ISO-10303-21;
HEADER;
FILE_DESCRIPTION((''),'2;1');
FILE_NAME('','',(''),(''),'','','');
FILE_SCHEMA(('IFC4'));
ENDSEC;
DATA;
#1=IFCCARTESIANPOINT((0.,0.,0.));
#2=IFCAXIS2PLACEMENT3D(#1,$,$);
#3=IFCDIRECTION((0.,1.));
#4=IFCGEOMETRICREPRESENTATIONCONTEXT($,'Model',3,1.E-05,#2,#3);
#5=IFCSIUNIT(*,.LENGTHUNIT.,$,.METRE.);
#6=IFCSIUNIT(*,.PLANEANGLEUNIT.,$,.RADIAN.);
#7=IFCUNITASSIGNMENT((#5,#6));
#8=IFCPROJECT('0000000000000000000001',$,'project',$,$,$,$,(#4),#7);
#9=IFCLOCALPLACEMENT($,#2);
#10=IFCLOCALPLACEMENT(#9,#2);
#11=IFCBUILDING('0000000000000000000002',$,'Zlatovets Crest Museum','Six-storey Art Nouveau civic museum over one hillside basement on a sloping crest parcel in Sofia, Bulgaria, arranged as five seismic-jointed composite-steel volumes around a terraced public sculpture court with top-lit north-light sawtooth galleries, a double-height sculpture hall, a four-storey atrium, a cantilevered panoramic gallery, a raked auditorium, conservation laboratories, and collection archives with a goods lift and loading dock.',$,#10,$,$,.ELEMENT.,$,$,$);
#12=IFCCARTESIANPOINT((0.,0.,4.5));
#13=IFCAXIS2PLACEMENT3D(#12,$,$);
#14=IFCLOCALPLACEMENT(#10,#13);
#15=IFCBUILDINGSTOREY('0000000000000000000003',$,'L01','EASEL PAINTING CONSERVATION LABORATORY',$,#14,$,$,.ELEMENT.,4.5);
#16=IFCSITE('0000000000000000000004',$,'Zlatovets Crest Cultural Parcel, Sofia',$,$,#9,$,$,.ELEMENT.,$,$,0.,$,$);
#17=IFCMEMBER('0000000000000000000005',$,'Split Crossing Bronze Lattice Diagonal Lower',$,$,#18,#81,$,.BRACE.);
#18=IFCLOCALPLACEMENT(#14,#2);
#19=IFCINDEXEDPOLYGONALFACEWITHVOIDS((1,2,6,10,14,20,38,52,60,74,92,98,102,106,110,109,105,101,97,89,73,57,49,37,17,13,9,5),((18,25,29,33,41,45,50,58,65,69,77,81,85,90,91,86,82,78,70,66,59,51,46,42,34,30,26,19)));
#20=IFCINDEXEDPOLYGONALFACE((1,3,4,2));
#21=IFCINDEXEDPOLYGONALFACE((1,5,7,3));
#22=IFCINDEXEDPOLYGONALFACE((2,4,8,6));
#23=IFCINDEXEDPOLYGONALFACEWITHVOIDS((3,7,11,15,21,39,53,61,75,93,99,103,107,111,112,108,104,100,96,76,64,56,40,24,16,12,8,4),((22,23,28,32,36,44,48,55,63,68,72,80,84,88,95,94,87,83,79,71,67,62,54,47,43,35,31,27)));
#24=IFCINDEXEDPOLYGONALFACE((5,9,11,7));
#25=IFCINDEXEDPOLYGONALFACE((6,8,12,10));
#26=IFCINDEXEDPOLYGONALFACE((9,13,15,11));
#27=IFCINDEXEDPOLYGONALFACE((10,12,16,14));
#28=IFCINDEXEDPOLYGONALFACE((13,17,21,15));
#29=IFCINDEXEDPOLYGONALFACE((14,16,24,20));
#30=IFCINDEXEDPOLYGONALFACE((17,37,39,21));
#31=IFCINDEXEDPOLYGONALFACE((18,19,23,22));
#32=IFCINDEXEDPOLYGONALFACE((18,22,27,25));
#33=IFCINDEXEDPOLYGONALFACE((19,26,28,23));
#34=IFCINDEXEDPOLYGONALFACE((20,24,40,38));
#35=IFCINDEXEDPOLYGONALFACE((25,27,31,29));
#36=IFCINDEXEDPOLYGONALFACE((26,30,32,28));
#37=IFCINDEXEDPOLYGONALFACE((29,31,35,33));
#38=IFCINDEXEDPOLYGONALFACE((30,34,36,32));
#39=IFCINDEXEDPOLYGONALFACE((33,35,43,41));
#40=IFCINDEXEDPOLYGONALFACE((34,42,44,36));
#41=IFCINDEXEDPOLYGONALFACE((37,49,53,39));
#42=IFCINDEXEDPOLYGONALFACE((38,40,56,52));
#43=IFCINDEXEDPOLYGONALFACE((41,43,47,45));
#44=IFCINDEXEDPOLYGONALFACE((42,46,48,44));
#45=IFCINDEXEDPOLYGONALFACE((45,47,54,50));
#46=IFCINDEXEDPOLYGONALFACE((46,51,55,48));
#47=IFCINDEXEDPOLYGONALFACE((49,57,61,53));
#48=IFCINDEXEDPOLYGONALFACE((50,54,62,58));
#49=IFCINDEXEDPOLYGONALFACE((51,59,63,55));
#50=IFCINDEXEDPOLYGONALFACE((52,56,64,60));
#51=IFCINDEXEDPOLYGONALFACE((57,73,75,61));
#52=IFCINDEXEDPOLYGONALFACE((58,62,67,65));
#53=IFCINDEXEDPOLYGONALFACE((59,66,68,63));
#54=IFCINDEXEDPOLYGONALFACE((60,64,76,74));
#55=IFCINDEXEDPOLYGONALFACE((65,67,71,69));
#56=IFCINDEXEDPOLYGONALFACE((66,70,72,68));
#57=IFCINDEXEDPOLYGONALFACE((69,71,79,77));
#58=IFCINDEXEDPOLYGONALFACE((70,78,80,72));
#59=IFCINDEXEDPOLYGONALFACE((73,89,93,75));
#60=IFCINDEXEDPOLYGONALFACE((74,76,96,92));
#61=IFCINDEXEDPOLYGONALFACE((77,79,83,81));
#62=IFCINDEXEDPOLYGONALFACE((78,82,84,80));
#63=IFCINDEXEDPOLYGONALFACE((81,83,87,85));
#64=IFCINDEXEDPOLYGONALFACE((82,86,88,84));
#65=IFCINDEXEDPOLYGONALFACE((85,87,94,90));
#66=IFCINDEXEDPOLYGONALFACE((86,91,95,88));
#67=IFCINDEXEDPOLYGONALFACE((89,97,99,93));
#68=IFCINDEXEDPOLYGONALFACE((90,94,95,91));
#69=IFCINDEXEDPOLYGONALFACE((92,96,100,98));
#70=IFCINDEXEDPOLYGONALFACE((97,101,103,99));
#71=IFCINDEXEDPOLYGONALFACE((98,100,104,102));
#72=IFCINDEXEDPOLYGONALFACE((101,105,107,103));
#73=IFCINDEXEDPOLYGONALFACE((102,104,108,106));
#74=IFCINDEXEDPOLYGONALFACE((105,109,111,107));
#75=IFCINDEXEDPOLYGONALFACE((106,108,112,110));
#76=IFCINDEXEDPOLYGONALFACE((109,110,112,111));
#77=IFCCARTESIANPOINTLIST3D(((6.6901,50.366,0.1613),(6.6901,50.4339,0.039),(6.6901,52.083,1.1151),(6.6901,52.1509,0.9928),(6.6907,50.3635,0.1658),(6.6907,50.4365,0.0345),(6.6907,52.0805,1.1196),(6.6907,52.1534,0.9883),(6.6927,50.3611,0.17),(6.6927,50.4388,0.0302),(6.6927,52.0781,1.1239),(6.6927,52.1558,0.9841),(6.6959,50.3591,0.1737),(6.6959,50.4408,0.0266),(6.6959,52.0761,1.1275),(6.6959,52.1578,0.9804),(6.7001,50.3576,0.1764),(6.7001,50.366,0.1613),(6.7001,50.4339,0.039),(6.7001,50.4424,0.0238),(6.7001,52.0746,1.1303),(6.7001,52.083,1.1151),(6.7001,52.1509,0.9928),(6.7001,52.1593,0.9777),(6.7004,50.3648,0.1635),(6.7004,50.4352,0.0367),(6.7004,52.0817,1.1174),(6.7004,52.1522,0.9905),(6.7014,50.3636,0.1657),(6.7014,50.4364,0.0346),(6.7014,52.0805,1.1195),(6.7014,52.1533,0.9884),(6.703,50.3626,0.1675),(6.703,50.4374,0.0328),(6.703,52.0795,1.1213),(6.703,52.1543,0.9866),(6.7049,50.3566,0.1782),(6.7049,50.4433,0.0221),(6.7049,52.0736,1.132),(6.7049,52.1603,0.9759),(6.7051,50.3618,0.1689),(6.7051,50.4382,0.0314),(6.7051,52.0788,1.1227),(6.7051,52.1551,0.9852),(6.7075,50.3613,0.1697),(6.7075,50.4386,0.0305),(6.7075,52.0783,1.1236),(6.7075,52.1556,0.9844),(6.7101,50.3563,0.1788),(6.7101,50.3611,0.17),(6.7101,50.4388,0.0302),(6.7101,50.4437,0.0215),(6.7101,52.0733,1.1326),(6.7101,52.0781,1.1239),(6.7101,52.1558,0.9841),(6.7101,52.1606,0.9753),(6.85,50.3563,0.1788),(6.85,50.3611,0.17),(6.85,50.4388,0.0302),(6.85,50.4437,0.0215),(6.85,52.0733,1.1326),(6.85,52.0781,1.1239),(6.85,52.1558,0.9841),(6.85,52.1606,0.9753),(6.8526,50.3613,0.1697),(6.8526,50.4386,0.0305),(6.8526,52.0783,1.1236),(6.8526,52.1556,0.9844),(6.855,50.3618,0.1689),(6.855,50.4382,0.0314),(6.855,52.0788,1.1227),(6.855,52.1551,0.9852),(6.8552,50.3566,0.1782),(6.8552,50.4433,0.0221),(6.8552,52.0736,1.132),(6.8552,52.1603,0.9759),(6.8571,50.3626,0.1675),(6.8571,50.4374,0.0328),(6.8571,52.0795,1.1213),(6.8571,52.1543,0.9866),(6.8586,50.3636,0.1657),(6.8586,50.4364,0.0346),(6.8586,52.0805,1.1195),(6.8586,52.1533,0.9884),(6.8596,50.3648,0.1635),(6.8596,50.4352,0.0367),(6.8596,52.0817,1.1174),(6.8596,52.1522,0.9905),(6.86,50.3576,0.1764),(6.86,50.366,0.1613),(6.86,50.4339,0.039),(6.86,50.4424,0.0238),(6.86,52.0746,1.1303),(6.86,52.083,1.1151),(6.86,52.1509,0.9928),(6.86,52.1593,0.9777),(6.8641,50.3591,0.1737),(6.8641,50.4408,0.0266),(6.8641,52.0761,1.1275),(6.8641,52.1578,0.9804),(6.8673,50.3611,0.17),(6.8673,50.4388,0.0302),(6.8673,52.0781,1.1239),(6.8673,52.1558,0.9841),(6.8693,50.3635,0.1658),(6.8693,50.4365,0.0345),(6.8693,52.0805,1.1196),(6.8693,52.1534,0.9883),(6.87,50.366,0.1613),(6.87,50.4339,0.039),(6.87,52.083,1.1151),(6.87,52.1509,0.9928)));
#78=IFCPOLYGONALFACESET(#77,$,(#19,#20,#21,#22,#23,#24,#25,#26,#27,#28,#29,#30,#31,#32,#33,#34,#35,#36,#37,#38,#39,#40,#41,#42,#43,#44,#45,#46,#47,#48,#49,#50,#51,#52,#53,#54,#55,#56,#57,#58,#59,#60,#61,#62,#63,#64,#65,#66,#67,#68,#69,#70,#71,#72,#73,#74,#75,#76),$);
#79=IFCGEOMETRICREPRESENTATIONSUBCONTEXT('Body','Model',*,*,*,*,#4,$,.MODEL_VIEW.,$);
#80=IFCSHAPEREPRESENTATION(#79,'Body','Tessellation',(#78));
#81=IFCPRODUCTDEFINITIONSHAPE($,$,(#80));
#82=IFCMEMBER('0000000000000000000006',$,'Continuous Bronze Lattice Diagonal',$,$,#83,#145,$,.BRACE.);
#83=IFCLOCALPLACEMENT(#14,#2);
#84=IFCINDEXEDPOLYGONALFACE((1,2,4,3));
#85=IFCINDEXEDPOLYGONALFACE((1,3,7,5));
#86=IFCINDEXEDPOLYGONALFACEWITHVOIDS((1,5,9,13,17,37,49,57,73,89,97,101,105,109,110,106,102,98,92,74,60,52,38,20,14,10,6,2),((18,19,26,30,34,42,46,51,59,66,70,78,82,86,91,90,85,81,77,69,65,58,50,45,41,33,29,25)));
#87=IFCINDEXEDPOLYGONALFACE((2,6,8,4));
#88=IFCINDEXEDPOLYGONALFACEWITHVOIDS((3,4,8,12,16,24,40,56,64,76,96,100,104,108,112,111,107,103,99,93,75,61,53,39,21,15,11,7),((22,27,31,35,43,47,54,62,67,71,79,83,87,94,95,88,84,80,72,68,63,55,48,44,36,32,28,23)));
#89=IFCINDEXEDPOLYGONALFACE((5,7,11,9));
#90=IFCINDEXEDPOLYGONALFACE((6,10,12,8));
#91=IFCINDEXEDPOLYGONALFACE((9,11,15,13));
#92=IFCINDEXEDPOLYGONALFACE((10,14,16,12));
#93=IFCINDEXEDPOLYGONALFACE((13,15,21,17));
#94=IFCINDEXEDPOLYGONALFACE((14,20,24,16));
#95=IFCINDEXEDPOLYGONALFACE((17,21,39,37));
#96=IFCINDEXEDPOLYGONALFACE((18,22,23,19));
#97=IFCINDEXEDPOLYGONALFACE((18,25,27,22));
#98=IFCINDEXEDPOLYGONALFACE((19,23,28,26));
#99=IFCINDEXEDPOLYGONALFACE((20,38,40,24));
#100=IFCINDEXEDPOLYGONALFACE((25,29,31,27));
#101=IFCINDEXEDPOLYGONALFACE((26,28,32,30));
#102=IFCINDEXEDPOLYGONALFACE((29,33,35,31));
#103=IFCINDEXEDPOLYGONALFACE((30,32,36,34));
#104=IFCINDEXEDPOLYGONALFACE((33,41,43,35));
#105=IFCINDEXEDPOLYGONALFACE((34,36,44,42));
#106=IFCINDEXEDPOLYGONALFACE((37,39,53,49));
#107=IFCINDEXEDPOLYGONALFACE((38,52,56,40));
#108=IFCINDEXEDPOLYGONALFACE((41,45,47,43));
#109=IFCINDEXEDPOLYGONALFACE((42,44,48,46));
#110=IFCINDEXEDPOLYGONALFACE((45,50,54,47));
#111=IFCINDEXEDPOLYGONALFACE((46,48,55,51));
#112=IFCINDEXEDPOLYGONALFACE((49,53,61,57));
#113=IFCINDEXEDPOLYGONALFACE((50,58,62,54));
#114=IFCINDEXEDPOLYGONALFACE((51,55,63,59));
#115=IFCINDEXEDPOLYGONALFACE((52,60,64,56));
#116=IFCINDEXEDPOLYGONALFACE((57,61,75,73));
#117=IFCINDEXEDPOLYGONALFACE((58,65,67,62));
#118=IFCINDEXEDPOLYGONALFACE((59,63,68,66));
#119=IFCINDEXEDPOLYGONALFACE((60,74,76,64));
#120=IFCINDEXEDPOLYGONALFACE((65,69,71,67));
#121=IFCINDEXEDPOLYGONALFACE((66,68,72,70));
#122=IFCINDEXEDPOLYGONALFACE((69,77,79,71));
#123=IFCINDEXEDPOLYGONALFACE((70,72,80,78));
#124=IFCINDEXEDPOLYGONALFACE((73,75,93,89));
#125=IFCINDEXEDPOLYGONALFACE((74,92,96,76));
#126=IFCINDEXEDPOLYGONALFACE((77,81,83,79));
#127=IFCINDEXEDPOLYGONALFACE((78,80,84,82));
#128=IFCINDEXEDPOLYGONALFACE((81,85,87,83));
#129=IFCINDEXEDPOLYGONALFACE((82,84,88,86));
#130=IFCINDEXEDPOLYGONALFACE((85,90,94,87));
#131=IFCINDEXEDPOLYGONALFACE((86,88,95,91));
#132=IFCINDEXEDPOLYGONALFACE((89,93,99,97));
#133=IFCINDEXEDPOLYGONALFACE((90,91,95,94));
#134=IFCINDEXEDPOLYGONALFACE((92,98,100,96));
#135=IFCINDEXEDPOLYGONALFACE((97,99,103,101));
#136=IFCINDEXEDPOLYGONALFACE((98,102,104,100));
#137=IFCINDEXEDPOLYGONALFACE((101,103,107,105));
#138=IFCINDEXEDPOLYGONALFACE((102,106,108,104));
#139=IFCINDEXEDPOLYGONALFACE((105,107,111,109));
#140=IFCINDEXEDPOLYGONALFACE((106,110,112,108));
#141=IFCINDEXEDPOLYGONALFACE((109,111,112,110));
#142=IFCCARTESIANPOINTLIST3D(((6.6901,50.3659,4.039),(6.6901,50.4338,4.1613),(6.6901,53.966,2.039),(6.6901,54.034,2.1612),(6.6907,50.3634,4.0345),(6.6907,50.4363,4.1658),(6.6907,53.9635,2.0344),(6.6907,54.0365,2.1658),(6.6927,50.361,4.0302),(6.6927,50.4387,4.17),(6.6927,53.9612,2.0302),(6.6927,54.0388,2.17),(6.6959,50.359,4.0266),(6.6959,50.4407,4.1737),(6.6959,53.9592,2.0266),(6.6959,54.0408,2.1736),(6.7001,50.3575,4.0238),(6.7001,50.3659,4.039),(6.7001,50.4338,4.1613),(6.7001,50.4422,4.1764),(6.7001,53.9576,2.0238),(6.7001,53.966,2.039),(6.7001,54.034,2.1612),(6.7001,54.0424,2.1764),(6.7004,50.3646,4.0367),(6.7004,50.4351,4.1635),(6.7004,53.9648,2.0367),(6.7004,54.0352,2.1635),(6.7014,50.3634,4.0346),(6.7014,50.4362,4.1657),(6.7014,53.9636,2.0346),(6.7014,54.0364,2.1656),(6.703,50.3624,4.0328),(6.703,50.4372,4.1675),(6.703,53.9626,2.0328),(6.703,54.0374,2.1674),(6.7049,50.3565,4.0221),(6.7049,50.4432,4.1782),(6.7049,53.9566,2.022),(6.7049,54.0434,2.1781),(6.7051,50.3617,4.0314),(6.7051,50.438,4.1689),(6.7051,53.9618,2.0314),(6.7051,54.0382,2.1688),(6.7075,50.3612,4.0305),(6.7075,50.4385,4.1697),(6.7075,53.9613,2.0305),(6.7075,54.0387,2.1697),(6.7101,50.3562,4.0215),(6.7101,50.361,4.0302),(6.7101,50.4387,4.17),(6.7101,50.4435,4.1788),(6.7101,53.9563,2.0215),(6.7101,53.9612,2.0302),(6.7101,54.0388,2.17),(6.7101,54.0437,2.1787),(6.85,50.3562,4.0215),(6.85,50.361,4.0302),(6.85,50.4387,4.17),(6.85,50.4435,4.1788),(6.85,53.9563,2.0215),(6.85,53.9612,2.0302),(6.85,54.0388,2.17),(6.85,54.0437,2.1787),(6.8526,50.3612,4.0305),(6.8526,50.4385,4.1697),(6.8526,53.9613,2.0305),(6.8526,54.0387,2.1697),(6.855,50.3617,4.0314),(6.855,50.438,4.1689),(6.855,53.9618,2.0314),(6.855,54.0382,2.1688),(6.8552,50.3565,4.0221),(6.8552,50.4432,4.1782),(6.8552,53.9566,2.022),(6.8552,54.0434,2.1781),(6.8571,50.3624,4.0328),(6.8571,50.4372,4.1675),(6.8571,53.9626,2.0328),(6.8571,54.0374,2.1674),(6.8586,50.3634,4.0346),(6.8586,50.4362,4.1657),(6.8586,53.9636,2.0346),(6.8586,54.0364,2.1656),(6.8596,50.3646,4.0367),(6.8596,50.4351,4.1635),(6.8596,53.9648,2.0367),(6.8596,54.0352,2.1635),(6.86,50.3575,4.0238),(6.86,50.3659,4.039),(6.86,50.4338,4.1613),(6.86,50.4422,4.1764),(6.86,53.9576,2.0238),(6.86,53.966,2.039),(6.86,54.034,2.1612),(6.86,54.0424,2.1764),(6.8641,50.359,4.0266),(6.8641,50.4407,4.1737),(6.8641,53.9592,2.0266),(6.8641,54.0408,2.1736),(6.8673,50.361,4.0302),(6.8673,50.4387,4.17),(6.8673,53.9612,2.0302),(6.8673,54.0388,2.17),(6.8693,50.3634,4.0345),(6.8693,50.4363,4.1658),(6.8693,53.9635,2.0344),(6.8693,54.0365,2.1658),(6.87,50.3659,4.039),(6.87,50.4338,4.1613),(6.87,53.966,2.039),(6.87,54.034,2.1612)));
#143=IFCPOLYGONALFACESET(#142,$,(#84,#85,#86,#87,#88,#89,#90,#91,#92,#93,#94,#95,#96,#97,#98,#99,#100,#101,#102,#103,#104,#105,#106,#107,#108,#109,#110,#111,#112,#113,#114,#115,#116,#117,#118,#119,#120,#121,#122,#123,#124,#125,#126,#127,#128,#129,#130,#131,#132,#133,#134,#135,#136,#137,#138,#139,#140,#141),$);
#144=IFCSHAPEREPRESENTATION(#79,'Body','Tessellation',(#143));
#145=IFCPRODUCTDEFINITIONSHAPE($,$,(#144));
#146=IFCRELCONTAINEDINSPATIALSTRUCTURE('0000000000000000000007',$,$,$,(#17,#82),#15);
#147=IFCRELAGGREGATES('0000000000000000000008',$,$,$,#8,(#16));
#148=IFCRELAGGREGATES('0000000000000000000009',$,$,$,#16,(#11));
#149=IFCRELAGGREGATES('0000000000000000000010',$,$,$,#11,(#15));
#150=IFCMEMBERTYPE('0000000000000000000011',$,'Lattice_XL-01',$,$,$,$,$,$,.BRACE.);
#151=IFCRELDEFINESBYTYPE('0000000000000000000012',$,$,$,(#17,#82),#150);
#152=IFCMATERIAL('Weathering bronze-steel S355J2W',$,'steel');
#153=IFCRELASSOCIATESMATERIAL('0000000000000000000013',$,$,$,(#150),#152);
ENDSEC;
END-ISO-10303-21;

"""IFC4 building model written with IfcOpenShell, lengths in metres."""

from ifc_helpers import new_model, si_unit, direction, frame, origin, origin_2d, place, context, subcontext, project, spatial, hollow_rectangle, extrude, material, material_profile, profile_set, type_object, element, save


model = new_model("IFC4")

# Units and contexts
model_context = context("Model", 3, precision=1e-05, world=origin(), true_north=direction((0.0, 1.0)))
body_context = subcontext(model_context, "Body", "Model", "MODEL_VIEW")
ifc_project = project(units=[si_unit("LENGTHUNIT", "METRE"), si_unit("PLANEANGLEUNIT", "RADIAN")], contexts=[model_context])

# Site, building, storey
site_placement = place(None, origin())
site = spatial("IfcSite", under=ifc_project, at=site_placement, Name="Zlatovets Crest Cultural Parcel, Sofia", CompositionType="ELEMENT", RefElevation=0.0)
building_placement = place(site_placement, origin())
building = spatial("IfcBuilding", under=site, at=building_placement, Name="Zlatovets Crest Museum", Description="Six-storey Art Nouveau civic museum over one hillside basement on a sloping crest parcel in Sofia, Bulgaria, arranged as five seismic-jointed composite-steel volumes around a terraced public sculpture court with top-lit north-light sawtooth galleries, a double-height sculpture hall, a four-storey atrium, a cantilevered panoramic gallery, a raked auditorium, conservation laboratories, and collection archives with a goods lift and loading dock.", CompositionType="ELEMENT")
storey_placement = place(building_placement, frame((0.0, 0.0, 4.5)))
storey = spatial("IfcBuildingStorey", under=building, at=storey_placement, Name="L01", Description="EASEL PAINTING CONSERVATION LABORATORY", CompositionType="ELEMENT", Elevation=4.5)

# Members
ifc_material_1 = material(Name="Weathering bronze-steel S355J2W", Category="steel")
ifc_material_profile_1 = material_profile(ifc_material_1, hollow_rectangle(XDim=0.1799, YDim=0.1799, WallThickness=0.01, InnerFilletRadius=0.01, OuterFilletRadius=0.02, at=origin_2d()), Name="SHS 180x180x10.0")
ifc_profile_set_1 = profile_set([ifc_material_profile_1], Name="Weathering bronze-steel S355J2W")
member_type_1 = type_object("IfcMemberType", Name="Lattice_XL-01", PredefinedType="BRACE", material=ifc_profile_set_1)
member_1_placement = place(storey_placement, frame((6.78, 52.1169, 1.054), z_axis=(0.0, -0.874169, -0.485622), x_axis=(1.0, 0.0, 0.0)))
element("IfcMember", 1, at=member_1_placement, inside=storey, type_object=member_type_1, Name="Split Crossing Bronze Lattice Diagonal Lower", PredefinedType="BRACE", context=body_context, shape_type="SweptSolid", body=[
    extrude(hollow_rectangle(XDim=0.1799, YDim=0.1799, WallThickness=0.01, InnerFilletRadius=0.01, OuterFilletRadius=0.02, at=origin_2d()), origin(), (0.0, 0.0, 1.0), 1.9641),
])
member_2_placement = place(storey_placement, frame((6.78, 54.0, 2.1001), z_axis=(0.0, -0.874163, 0.485633), x_axis=(1.0, 0.0, 0.0)))
element("IfcMember", 2, at=member_2_placement, inside=storey, type_object=member_type_1, Name="Continuous Bronze Lattice Diagonal", PredefinedType="BRACE", context=body_context, shape_type="SweptSolid", body=[
    extrude(hollow_rectangle(XDim=0.1799, YDim=0.1799, WallThickness=0.01, InnerFilletRadius=0.01, OuterFilletRadius=0.02, at=origin_2d()), origin(), (0.0, 0.0, 1.0), 4.1184),
])

save(model, "model.ifc")
